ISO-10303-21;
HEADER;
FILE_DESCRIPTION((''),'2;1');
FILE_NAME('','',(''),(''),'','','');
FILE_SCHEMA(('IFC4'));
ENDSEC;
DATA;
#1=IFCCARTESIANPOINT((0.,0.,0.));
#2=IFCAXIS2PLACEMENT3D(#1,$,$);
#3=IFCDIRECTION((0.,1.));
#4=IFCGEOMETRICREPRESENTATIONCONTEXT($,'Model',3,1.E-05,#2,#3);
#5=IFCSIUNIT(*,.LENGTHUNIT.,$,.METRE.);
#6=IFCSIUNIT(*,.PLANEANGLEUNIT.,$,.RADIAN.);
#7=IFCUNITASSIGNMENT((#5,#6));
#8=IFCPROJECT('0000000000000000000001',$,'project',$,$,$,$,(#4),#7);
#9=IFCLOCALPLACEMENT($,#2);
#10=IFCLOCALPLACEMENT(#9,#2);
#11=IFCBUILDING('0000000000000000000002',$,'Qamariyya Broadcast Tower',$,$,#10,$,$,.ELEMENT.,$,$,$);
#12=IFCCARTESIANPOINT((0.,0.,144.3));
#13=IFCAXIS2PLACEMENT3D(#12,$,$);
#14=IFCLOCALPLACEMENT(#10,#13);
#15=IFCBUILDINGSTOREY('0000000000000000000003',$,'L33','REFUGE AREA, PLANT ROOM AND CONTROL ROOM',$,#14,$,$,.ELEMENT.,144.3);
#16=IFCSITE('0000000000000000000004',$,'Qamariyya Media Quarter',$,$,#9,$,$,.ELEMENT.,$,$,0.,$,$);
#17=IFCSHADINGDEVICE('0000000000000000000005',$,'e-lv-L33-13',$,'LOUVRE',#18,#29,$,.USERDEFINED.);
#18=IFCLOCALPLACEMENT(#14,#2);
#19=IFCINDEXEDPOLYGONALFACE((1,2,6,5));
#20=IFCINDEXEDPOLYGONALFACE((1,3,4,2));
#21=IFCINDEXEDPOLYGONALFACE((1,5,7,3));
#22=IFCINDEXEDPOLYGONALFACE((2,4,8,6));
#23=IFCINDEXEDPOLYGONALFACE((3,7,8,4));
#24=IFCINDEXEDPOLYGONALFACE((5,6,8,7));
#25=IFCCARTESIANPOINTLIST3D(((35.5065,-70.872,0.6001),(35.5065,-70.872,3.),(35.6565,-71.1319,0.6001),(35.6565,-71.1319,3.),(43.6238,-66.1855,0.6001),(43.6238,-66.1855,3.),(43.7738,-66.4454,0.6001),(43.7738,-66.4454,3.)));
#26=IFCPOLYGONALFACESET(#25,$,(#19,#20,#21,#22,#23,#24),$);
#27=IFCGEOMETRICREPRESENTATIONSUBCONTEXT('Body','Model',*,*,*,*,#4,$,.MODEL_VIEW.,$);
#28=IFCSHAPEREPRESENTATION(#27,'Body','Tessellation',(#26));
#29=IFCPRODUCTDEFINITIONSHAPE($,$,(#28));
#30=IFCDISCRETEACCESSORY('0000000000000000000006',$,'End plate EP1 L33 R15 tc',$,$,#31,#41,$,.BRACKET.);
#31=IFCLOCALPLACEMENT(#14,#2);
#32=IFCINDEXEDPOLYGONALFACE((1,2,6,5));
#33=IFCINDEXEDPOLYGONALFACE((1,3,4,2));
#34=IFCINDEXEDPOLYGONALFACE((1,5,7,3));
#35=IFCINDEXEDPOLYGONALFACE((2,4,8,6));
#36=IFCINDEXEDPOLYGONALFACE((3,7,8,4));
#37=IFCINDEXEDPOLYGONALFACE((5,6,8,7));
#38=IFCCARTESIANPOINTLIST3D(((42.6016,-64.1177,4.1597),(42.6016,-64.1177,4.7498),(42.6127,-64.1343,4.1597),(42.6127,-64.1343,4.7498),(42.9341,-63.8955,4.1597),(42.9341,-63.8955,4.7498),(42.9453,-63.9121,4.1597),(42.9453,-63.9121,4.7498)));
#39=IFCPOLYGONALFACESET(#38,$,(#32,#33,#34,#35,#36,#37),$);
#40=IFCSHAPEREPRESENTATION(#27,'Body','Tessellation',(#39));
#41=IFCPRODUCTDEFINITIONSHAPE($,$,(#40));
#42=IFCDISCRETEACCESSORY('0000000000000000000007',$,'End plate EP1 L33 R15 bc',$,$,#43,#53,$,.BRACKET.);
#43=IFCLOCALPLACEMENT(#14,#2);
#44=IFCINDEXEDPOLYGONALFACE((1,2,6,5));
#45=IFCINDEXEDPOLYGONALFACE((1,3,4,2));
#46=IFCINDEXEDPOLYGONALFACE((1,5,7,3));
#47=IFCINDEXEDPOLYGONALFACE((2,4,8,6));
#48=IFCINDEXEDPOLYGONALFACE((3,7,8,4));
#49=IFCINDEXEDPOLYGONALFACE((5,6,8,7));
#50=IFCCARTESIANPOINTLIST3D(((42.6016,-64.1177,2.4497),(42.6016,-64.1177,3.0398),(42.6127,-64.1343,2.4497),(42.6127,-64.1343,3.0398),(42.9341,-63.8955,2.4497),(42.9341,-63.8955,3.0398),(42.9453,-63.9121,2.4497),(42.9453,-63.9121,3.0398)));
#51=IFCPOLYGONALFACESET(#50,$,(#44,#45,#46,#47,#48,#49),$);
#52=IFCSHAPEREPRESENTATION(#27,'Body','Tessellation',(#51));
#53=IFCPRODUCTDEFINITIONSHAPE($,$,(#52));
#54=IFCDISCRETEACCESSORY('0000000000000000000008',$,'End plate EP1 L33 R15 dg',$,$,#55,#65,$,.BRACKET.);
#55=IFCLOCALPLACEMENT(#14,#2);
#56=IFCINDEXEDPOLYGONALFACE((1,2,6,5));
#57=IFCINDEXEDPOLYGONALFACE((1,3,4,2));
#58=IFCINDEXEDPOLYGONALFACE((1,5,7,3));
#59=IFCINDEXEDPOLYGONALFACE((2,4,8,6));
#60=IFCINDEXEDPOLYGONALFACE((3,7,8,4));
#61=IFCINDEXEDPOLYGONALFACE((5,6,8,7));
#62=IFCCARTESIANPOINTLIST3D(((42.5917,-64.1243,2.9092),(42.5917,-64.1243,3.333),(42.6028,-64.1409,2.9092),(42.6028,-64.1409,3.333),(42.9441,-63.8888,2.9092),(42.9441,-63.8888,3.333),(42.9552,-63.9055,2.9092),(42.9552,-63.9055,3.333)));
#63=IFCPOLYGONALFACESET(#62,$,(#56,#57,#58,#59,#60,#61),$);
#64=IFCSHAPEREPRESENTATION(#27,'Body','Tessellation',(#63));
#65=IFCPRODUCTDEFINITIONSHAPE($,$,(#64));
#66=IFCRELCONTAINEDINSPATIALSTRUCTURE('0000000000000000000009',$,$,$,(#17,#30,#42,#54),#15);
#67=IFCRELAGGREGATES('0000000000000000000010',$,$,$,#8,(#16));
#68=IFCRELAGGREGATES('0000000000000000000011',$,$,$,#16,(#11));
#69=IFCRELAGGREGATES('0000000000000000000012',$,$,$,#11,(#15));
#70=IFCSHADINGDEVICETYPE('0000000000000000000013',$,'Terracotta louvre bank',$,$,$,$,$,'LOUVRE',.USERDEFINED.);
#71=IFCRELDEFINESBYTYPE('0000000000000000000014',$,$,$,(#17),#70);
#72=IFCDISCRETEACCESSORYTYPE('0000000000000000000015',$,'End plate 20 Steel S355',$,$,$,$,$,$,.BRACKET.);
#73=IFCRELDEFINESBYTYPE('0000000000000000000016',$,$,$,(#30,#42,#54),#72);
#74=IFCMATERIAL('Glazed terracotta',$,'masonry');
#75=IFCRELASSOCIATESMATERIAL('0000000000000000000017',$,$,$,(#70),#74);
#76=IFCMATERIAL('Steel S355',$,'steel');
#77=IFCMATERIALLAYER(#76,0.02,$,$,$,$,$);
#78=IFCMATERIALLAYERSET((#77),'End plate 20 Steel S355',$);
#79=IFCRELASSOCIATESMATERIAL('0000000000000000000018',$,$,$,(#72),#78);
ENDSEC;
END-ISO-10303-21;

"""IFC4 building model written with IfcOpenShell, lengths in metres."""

from ifc_helpers import new_model, si_unit, direction, frame, origin, origin_2d, place, context, subcontext, project, spatial, rectangle, extrude, material, layer, layer_set, type_object, element, save


model = new_model("IFC4")

# Units and contexts
model_context = context("Model", 3, precision=1e-05, world=origin(), true_north=direction((0.0, 1.0)))
body_context = subcontext(model_context, "Body", "Model", "MODEL_VIEW")
ifc_project = project(units=[si_unit("LENGTHUNIT", "METRE"), si_unit("PLANEANGLEUNIT", "RADIAN")], contexts=[model_context])

# Site, building, storey
site_placement = place(None, origin())
site = spatial("IfcSite", under=ifc_project, at=site_placement, Name="Qamariyya Media Quarter", CompositionType="ELEMENT", RefElevation=0.0)
building_placement = place(site_placement, origin())
building = spatial("IfcBuilding", under=site, at=building_placement, Name="Qamariyya Broadcast Tower", CompositionType="ELEMENT")
storey_placement = place(building_placement, frame((0.0, 0.0, 144.3)))
storey = spatial("IfcBuildingStorey", under=building, at=storey_placement, Name="L33", Description="REFUGE AREA, PLANT ROOM AND CONTROL ROOM", CompositionType="ELEMENT", Elevation=144.3)

# Shared definitions
ifc_material_1 = material(Name="Steel S355", Category="steel")

# Shading device
ifc_material_2 = material(Name="Glazed terracotta", Category="masonry")
shading_device_type = type_object("IfcShadingDeviceType", Name="Terracotta louvre bank", ElementType="LOUVRE", PredefinedType="USERDEFINED", material=ifc_material_2)
shading_device_placement = place(storey_placement, frame((39.6401, -68.6587, 0.6001), z_axis=(0.0, 0.0, 1.0), x_axis=(0.866025, 0.5, 0.0)))
element("IfcShadingDevice", 1, at=shading_device_placement, inside=storey, type_object=shading_device_type, Name="e-lv-L33-13", ObjectType="LOUVRE", PredefinedType="USERDEFINED", context=body_context, shape_type="SweptSolid", body=[
    extrude(rectangle(XDim=9.373, YDim=0.3, at=origin_2d()), origin(), (0.0, 0.0, 1.0), 2.3999),
])

# Discrete accessories
ifc_layer_1 = layer(ifc_material_1, 0.02)
ifc_layer_set_1 = layer_set([ifc_layer_1], Name="End plate 20 Steel S355")
discrete_accessory_type = type_object("IfcDiscreteAccessoryType", Name="End plate 20 Steel S355", PredefinedType="BRACKET", material=ifc_layer_set_1)
for number, where, z_axis, x_axis, name in (
    (2, (42.7734, -64.0149, 4.1597), (0.0, 0.0, 1.0), (-0.83147, -0.55557, 0.0), "End plate EP1 L33 R15 tc"),
    (3, (42.7734, -64.0149, 2.4497), (0.0, 0.0, 1.0), (-0.83147, -0.55557, 0.0), "End plate EP1 L33 R15 bc"),
):
    element("IfcDiscreteAccessory", number, at=place(storey_placement, frame(where, z_axis=z_axis, x_axis=x_axis)), inside=storey, type_object=discrete_accessory_type, Name=name, PredefinedType="BRACKET", context=body_context, shape_type="SweptSolid", body=[
        extrude(rectangle(XDim=0.3999, YDim=0.02, at=origin_2d()), origin(), (0.0, 0.0, 1.0), 0.5901),
    ])
discrete_accessory_placement = place(storey_placement, frame((42.7734, -64.0149, 2.9092), z_axis=(0.0, 0.0, 1.0), x_axis=(-0.83147, -0.55557, 0.0)))
element("IfcDiscreteAccessory", 4, at=discrete_accessory_placement, inside=storey, type_object=discrete_accessory_type, Name="End plate EP1 L33 R15 dg", PredefinedType="BRACKET", context=body_context, shape_type="SweptSolid", body=[
    extrude(rectangle(XDim=0.4238, YDim=0.02, at=origin_2d()), origin(), (0.0, 0.0, 1.0), 0.4238),
])

save(model, "model.ifc")
